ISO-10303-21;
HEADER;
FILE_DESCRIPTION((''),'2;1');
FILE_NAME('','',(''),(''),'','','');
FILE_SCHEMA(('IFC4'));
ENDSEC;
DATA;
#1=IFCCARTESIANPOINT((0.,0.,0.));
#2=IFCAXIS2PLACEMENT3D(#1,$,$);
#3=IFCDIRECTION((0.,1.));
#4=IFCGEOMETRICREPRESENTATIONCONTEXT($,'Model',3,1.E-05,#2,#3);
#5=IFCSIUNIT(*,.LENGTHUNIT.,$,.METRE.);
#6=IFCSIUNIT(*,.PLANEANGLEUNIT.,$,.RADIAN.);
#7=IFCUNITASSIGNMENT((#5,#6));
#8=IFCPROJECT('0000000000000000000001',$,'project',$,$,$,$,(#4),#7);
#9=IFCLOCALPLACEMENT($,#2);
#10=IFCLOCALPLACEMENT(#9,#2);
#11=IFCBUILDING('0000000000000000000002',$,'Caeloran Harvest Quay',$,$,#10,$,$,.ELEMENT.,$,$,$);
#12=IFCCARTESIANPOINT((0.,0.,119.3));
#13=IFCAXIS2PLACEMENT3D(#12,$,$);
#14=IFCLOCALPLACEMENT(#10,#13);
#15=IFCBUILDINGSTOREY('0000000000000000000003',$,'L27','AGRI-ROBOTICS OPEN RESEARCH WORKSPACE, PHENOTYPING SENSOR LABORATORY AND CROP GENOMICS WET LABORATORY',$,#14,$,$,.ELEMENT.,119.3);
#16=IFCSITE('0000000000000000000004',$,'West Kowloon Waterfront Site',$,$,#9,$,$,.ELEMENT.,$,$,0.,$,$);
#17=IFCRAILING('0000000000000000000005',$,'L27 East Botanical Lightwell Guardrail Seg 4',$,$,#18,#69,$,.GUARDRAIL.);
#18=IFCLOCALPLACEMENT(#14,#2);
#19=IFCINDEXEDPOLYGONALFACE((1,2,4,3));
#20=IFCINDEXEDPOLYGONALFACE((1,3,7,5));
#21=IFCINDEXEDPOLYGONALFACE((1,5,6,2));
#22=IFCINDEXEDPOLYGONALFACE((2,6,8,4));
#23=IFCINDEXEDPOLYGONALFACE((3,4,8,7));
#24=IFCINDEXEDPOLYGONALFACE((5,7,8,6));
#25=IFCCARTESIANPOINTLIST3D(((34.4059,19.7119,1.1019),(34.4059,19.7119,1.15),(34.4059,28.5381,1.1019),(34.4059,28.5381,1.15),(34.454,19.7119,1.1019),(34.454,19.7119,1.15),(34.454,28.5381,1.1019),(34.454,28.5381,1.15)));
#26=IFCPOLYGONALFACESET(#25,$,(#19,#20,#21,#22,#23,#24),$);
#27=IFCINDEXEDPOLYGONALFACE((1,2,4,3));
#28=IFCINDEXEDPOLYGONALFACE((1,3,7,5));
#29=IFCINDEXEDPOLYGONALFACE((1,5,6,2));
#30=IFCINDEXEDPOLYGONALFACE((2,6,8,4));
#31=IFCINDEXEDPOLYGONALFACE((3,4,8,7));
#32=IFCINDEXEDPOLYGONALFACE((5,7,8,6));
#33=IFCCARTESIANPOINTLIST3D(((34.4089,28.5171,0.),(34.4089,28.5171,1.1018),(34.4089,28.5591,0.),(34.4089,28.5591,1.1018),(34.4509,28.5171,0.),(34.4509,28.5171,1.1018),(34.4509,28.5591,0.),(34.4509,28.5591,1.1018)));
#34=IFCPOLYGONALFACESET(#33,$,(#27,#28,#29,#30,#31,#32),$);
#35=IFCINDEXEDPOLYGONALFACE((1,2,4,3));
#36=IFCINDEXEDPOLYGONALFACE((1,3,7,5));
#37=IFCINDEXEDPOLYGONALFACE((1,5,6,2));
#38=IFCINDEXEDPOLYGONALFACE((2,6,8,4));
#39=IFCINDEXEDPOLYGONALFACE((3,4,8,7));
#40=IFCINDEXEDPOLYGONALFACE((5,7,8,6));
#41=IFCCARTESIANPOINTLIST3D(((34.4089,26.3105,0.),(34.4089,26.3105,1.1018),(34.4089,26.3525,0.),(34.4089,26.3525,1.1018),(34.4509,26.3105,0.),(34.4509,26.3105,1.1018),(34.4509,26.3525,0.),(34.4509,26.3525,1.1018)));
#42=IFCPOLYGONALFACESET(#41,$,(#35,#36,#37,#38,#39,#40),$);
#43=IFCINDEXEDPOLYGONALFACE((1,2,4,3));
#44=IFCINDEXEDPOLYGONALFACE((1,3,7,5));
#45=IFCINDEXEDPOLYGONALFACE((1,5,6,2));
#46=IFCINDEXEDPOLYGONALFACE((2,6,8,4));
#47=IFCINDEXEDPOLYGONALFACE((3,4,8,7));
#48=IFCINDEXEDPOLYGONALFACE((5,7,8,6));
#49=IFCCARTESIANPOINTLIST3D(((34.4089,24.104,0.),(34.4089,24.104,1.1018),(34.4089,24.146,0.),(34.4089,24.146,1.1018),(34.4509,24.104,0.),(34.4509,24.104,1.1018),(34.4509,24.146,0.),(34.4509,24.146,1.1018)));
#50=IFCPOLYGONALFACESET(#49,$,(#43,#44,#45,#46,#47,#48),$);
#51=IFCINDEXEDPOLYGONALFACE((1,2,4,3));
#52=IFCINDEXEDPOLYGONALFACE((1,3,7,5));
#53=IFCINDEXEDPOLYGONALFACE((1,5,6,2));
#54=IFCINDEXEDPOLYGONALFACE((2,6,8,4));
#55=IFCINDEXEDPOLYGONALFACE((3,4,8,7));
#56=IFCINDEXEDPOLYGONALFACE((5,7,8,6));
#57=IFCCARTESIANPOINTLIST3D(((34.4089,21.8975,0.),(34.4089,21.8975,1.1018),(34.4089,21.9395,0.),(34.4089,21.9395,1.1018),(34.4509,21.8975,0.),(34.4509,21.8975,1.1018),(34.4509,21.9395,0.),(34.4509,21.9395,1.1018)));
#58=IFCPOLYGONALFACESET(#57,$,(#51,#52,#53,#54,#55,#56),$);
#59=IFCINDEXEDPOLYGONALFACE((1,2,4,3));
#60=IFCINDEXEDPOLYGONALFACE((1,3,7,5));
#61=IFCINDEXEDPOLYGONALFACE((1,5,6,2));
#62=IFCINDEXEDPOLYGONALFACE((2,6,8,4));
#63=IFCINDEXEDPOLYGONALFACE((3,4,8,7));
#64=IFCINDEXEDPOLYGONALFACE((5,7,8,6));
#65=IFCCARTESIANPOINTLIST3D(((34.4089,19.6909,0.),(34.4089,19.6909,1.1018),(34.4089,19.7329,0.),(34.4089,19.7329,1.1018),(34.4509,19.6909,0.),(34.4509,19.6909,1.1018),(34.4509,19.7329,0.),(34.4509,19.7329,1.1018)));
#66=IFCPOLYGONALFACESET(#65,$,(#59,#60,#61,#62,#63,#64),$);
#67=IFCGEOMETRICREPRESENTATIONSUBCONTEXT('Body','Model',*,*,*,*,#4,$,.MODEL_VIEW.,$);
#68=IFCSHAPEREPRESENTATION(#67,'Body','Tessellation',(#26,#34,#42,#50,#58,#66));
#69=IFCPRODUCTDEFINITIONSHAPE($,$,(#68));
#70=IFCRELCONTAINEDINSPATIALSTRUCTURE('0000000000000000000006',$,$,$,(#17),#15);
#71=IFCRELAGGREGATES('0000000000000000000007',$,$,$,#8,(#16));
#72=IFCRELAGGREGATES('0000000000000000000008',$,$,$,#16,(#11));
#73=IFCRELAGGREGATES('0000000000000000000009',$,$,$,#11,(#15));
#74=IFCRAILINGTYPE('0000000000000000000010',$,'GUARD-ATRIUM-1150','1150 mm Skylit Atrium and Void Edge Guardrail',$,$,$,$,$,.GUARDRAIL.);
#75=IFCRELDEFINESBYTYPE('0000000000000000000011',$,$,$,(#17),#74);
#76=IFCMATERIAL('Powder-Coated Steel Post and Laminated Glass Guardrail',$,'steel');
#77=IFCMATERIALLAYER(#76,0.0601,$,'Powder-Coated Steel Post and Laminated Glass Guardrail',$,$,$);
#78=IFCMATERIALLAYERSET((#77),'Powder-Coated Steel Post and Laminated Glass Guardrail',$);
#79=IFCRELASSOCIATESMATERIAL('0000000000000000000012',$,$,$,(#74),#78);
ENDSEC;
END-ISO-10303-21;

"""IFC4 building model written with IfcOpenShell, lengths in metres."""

from ifc_helpers import new_model, si_unit, direction, frame, origin, origin_2d, place, context, subcontext, project, spatial, rectangle, extrude, material, layer, layer_set, type_object, element, save


model = new_model("IFC4")

# Units and contexts
model_context = context("Model", 3, precision=1e-05, world=origin(), true_north=direction((0.0, 1.0)))
body_context = subcontext(model_context, "Body", "Model", "MODEL_VIEW")
ifc_project = project(units=[si_unit("LENGTHUNIT", "METRE"), si_unit("PLANEANGLEUNIT", "RADIAN")], contexts=[model_context])

# Site, building, storey
site_placement = place(None, origin())
site = spatial("IfcSite", under=ifc_project, at=site_placement, Name="West Kowloon Waterfront Site", CompositionType="ELEMENT", RefElevation=0.0)
building_placement = place(site_placement, origin())
building = spatial("IfcBuilding", under=site, at=building_placement, Name="Caeloran Harvest Quay", CompositionType="ELEMENT")
storey_placement = place(building_placement, frame((0.0, 0.0, 119.3)))
storey = spatial("IfcBuildingStorey", under=building, at=storey_placement, Name="L27", Description="AGRI-ROBOTICS OPEN RESEARCH WORKSPACE, PHENOTYPING SENSOR LABORATORY AND CROP GENOMICS WET LABORATORY", CompositionType="ELEMENT", Elevation=119.3)

# Railing
ifc_material_1 = material(Name="Powder-Coated Steel Post and Laminated Glass Guardrail", Category="steel")
ifc_layer_1 = layer(ifc_material_1, 0.0601, Name="Powder-Coated Steel Post and Laminated Glass Guardrail")
ifc_layer_set_1 = layer_set([ifc_layer_1], Name="Powder-Coated Steel Post and Laminated Glass Guardrail")
railing_type = type_object("IfcRailingType", Name="GUARD-ATRIUM-1150", Description="1150 mm Skylit Atrium and Void Edge Guardrail", PredefinedType="GUARDRAIL", material=ifc_layer_set_1)
railing_1_placement = place(storey_placement, frame((34.4299, 28.5381, 0.0)))
element("IfcRailing", 1, at=railing_1_placement, inside=storey, type_object=railing_type, Name="L27 East Botanical Lightwell Guardrail Seg 4", PredefinedType="GUARDRAIL", context=body_context, shape_type="SweptSolid", body=[
    extrude(rectangle(XDim=0.0481, YDim=0.0481, at=origin_2d()), frame((0.0, 0.0, 1.126), z_axis=(0.0, -1.0, 0.0), x_axis=(1.0, 0.0, 0.0)), (0.0, 0.0, 1.0), 8.8262),
    extrude(rectangle(XDim=0.042, YDim=0.042, at=origin_2d()), origin(), (0.0, 0.0, 1.0), 1.1018),
    extrude(rectangle(XDim=0.042, YDim=0.042, at=origin_2d()), frame((0.0, -2.2065, 0.0)), (0.0, 0.0, 1.0), 1.1018),
    extrude(rectangle(XDim=0.042, YDim=0.042, at=origin_2d()), frame((0.0, -4.4131, 0.0)), (0.0, 0.0, 1.0), 1.1018),
    extrude(rectangle(XDim=0.042, YDim=0.042, at=origin_2d()), frame((0.0, -6.6196, 0.0)), (0.0, 0.0, 1.0), 1.1018),
    extrude(rectangle(XDim=0.042, YDim=0.042, at=origin_2d()), frame((0.0, -8.8262, 0.0)), (0.0, 0.0, 1.0), 1.1018),
])

save(model, "model.ifc")
